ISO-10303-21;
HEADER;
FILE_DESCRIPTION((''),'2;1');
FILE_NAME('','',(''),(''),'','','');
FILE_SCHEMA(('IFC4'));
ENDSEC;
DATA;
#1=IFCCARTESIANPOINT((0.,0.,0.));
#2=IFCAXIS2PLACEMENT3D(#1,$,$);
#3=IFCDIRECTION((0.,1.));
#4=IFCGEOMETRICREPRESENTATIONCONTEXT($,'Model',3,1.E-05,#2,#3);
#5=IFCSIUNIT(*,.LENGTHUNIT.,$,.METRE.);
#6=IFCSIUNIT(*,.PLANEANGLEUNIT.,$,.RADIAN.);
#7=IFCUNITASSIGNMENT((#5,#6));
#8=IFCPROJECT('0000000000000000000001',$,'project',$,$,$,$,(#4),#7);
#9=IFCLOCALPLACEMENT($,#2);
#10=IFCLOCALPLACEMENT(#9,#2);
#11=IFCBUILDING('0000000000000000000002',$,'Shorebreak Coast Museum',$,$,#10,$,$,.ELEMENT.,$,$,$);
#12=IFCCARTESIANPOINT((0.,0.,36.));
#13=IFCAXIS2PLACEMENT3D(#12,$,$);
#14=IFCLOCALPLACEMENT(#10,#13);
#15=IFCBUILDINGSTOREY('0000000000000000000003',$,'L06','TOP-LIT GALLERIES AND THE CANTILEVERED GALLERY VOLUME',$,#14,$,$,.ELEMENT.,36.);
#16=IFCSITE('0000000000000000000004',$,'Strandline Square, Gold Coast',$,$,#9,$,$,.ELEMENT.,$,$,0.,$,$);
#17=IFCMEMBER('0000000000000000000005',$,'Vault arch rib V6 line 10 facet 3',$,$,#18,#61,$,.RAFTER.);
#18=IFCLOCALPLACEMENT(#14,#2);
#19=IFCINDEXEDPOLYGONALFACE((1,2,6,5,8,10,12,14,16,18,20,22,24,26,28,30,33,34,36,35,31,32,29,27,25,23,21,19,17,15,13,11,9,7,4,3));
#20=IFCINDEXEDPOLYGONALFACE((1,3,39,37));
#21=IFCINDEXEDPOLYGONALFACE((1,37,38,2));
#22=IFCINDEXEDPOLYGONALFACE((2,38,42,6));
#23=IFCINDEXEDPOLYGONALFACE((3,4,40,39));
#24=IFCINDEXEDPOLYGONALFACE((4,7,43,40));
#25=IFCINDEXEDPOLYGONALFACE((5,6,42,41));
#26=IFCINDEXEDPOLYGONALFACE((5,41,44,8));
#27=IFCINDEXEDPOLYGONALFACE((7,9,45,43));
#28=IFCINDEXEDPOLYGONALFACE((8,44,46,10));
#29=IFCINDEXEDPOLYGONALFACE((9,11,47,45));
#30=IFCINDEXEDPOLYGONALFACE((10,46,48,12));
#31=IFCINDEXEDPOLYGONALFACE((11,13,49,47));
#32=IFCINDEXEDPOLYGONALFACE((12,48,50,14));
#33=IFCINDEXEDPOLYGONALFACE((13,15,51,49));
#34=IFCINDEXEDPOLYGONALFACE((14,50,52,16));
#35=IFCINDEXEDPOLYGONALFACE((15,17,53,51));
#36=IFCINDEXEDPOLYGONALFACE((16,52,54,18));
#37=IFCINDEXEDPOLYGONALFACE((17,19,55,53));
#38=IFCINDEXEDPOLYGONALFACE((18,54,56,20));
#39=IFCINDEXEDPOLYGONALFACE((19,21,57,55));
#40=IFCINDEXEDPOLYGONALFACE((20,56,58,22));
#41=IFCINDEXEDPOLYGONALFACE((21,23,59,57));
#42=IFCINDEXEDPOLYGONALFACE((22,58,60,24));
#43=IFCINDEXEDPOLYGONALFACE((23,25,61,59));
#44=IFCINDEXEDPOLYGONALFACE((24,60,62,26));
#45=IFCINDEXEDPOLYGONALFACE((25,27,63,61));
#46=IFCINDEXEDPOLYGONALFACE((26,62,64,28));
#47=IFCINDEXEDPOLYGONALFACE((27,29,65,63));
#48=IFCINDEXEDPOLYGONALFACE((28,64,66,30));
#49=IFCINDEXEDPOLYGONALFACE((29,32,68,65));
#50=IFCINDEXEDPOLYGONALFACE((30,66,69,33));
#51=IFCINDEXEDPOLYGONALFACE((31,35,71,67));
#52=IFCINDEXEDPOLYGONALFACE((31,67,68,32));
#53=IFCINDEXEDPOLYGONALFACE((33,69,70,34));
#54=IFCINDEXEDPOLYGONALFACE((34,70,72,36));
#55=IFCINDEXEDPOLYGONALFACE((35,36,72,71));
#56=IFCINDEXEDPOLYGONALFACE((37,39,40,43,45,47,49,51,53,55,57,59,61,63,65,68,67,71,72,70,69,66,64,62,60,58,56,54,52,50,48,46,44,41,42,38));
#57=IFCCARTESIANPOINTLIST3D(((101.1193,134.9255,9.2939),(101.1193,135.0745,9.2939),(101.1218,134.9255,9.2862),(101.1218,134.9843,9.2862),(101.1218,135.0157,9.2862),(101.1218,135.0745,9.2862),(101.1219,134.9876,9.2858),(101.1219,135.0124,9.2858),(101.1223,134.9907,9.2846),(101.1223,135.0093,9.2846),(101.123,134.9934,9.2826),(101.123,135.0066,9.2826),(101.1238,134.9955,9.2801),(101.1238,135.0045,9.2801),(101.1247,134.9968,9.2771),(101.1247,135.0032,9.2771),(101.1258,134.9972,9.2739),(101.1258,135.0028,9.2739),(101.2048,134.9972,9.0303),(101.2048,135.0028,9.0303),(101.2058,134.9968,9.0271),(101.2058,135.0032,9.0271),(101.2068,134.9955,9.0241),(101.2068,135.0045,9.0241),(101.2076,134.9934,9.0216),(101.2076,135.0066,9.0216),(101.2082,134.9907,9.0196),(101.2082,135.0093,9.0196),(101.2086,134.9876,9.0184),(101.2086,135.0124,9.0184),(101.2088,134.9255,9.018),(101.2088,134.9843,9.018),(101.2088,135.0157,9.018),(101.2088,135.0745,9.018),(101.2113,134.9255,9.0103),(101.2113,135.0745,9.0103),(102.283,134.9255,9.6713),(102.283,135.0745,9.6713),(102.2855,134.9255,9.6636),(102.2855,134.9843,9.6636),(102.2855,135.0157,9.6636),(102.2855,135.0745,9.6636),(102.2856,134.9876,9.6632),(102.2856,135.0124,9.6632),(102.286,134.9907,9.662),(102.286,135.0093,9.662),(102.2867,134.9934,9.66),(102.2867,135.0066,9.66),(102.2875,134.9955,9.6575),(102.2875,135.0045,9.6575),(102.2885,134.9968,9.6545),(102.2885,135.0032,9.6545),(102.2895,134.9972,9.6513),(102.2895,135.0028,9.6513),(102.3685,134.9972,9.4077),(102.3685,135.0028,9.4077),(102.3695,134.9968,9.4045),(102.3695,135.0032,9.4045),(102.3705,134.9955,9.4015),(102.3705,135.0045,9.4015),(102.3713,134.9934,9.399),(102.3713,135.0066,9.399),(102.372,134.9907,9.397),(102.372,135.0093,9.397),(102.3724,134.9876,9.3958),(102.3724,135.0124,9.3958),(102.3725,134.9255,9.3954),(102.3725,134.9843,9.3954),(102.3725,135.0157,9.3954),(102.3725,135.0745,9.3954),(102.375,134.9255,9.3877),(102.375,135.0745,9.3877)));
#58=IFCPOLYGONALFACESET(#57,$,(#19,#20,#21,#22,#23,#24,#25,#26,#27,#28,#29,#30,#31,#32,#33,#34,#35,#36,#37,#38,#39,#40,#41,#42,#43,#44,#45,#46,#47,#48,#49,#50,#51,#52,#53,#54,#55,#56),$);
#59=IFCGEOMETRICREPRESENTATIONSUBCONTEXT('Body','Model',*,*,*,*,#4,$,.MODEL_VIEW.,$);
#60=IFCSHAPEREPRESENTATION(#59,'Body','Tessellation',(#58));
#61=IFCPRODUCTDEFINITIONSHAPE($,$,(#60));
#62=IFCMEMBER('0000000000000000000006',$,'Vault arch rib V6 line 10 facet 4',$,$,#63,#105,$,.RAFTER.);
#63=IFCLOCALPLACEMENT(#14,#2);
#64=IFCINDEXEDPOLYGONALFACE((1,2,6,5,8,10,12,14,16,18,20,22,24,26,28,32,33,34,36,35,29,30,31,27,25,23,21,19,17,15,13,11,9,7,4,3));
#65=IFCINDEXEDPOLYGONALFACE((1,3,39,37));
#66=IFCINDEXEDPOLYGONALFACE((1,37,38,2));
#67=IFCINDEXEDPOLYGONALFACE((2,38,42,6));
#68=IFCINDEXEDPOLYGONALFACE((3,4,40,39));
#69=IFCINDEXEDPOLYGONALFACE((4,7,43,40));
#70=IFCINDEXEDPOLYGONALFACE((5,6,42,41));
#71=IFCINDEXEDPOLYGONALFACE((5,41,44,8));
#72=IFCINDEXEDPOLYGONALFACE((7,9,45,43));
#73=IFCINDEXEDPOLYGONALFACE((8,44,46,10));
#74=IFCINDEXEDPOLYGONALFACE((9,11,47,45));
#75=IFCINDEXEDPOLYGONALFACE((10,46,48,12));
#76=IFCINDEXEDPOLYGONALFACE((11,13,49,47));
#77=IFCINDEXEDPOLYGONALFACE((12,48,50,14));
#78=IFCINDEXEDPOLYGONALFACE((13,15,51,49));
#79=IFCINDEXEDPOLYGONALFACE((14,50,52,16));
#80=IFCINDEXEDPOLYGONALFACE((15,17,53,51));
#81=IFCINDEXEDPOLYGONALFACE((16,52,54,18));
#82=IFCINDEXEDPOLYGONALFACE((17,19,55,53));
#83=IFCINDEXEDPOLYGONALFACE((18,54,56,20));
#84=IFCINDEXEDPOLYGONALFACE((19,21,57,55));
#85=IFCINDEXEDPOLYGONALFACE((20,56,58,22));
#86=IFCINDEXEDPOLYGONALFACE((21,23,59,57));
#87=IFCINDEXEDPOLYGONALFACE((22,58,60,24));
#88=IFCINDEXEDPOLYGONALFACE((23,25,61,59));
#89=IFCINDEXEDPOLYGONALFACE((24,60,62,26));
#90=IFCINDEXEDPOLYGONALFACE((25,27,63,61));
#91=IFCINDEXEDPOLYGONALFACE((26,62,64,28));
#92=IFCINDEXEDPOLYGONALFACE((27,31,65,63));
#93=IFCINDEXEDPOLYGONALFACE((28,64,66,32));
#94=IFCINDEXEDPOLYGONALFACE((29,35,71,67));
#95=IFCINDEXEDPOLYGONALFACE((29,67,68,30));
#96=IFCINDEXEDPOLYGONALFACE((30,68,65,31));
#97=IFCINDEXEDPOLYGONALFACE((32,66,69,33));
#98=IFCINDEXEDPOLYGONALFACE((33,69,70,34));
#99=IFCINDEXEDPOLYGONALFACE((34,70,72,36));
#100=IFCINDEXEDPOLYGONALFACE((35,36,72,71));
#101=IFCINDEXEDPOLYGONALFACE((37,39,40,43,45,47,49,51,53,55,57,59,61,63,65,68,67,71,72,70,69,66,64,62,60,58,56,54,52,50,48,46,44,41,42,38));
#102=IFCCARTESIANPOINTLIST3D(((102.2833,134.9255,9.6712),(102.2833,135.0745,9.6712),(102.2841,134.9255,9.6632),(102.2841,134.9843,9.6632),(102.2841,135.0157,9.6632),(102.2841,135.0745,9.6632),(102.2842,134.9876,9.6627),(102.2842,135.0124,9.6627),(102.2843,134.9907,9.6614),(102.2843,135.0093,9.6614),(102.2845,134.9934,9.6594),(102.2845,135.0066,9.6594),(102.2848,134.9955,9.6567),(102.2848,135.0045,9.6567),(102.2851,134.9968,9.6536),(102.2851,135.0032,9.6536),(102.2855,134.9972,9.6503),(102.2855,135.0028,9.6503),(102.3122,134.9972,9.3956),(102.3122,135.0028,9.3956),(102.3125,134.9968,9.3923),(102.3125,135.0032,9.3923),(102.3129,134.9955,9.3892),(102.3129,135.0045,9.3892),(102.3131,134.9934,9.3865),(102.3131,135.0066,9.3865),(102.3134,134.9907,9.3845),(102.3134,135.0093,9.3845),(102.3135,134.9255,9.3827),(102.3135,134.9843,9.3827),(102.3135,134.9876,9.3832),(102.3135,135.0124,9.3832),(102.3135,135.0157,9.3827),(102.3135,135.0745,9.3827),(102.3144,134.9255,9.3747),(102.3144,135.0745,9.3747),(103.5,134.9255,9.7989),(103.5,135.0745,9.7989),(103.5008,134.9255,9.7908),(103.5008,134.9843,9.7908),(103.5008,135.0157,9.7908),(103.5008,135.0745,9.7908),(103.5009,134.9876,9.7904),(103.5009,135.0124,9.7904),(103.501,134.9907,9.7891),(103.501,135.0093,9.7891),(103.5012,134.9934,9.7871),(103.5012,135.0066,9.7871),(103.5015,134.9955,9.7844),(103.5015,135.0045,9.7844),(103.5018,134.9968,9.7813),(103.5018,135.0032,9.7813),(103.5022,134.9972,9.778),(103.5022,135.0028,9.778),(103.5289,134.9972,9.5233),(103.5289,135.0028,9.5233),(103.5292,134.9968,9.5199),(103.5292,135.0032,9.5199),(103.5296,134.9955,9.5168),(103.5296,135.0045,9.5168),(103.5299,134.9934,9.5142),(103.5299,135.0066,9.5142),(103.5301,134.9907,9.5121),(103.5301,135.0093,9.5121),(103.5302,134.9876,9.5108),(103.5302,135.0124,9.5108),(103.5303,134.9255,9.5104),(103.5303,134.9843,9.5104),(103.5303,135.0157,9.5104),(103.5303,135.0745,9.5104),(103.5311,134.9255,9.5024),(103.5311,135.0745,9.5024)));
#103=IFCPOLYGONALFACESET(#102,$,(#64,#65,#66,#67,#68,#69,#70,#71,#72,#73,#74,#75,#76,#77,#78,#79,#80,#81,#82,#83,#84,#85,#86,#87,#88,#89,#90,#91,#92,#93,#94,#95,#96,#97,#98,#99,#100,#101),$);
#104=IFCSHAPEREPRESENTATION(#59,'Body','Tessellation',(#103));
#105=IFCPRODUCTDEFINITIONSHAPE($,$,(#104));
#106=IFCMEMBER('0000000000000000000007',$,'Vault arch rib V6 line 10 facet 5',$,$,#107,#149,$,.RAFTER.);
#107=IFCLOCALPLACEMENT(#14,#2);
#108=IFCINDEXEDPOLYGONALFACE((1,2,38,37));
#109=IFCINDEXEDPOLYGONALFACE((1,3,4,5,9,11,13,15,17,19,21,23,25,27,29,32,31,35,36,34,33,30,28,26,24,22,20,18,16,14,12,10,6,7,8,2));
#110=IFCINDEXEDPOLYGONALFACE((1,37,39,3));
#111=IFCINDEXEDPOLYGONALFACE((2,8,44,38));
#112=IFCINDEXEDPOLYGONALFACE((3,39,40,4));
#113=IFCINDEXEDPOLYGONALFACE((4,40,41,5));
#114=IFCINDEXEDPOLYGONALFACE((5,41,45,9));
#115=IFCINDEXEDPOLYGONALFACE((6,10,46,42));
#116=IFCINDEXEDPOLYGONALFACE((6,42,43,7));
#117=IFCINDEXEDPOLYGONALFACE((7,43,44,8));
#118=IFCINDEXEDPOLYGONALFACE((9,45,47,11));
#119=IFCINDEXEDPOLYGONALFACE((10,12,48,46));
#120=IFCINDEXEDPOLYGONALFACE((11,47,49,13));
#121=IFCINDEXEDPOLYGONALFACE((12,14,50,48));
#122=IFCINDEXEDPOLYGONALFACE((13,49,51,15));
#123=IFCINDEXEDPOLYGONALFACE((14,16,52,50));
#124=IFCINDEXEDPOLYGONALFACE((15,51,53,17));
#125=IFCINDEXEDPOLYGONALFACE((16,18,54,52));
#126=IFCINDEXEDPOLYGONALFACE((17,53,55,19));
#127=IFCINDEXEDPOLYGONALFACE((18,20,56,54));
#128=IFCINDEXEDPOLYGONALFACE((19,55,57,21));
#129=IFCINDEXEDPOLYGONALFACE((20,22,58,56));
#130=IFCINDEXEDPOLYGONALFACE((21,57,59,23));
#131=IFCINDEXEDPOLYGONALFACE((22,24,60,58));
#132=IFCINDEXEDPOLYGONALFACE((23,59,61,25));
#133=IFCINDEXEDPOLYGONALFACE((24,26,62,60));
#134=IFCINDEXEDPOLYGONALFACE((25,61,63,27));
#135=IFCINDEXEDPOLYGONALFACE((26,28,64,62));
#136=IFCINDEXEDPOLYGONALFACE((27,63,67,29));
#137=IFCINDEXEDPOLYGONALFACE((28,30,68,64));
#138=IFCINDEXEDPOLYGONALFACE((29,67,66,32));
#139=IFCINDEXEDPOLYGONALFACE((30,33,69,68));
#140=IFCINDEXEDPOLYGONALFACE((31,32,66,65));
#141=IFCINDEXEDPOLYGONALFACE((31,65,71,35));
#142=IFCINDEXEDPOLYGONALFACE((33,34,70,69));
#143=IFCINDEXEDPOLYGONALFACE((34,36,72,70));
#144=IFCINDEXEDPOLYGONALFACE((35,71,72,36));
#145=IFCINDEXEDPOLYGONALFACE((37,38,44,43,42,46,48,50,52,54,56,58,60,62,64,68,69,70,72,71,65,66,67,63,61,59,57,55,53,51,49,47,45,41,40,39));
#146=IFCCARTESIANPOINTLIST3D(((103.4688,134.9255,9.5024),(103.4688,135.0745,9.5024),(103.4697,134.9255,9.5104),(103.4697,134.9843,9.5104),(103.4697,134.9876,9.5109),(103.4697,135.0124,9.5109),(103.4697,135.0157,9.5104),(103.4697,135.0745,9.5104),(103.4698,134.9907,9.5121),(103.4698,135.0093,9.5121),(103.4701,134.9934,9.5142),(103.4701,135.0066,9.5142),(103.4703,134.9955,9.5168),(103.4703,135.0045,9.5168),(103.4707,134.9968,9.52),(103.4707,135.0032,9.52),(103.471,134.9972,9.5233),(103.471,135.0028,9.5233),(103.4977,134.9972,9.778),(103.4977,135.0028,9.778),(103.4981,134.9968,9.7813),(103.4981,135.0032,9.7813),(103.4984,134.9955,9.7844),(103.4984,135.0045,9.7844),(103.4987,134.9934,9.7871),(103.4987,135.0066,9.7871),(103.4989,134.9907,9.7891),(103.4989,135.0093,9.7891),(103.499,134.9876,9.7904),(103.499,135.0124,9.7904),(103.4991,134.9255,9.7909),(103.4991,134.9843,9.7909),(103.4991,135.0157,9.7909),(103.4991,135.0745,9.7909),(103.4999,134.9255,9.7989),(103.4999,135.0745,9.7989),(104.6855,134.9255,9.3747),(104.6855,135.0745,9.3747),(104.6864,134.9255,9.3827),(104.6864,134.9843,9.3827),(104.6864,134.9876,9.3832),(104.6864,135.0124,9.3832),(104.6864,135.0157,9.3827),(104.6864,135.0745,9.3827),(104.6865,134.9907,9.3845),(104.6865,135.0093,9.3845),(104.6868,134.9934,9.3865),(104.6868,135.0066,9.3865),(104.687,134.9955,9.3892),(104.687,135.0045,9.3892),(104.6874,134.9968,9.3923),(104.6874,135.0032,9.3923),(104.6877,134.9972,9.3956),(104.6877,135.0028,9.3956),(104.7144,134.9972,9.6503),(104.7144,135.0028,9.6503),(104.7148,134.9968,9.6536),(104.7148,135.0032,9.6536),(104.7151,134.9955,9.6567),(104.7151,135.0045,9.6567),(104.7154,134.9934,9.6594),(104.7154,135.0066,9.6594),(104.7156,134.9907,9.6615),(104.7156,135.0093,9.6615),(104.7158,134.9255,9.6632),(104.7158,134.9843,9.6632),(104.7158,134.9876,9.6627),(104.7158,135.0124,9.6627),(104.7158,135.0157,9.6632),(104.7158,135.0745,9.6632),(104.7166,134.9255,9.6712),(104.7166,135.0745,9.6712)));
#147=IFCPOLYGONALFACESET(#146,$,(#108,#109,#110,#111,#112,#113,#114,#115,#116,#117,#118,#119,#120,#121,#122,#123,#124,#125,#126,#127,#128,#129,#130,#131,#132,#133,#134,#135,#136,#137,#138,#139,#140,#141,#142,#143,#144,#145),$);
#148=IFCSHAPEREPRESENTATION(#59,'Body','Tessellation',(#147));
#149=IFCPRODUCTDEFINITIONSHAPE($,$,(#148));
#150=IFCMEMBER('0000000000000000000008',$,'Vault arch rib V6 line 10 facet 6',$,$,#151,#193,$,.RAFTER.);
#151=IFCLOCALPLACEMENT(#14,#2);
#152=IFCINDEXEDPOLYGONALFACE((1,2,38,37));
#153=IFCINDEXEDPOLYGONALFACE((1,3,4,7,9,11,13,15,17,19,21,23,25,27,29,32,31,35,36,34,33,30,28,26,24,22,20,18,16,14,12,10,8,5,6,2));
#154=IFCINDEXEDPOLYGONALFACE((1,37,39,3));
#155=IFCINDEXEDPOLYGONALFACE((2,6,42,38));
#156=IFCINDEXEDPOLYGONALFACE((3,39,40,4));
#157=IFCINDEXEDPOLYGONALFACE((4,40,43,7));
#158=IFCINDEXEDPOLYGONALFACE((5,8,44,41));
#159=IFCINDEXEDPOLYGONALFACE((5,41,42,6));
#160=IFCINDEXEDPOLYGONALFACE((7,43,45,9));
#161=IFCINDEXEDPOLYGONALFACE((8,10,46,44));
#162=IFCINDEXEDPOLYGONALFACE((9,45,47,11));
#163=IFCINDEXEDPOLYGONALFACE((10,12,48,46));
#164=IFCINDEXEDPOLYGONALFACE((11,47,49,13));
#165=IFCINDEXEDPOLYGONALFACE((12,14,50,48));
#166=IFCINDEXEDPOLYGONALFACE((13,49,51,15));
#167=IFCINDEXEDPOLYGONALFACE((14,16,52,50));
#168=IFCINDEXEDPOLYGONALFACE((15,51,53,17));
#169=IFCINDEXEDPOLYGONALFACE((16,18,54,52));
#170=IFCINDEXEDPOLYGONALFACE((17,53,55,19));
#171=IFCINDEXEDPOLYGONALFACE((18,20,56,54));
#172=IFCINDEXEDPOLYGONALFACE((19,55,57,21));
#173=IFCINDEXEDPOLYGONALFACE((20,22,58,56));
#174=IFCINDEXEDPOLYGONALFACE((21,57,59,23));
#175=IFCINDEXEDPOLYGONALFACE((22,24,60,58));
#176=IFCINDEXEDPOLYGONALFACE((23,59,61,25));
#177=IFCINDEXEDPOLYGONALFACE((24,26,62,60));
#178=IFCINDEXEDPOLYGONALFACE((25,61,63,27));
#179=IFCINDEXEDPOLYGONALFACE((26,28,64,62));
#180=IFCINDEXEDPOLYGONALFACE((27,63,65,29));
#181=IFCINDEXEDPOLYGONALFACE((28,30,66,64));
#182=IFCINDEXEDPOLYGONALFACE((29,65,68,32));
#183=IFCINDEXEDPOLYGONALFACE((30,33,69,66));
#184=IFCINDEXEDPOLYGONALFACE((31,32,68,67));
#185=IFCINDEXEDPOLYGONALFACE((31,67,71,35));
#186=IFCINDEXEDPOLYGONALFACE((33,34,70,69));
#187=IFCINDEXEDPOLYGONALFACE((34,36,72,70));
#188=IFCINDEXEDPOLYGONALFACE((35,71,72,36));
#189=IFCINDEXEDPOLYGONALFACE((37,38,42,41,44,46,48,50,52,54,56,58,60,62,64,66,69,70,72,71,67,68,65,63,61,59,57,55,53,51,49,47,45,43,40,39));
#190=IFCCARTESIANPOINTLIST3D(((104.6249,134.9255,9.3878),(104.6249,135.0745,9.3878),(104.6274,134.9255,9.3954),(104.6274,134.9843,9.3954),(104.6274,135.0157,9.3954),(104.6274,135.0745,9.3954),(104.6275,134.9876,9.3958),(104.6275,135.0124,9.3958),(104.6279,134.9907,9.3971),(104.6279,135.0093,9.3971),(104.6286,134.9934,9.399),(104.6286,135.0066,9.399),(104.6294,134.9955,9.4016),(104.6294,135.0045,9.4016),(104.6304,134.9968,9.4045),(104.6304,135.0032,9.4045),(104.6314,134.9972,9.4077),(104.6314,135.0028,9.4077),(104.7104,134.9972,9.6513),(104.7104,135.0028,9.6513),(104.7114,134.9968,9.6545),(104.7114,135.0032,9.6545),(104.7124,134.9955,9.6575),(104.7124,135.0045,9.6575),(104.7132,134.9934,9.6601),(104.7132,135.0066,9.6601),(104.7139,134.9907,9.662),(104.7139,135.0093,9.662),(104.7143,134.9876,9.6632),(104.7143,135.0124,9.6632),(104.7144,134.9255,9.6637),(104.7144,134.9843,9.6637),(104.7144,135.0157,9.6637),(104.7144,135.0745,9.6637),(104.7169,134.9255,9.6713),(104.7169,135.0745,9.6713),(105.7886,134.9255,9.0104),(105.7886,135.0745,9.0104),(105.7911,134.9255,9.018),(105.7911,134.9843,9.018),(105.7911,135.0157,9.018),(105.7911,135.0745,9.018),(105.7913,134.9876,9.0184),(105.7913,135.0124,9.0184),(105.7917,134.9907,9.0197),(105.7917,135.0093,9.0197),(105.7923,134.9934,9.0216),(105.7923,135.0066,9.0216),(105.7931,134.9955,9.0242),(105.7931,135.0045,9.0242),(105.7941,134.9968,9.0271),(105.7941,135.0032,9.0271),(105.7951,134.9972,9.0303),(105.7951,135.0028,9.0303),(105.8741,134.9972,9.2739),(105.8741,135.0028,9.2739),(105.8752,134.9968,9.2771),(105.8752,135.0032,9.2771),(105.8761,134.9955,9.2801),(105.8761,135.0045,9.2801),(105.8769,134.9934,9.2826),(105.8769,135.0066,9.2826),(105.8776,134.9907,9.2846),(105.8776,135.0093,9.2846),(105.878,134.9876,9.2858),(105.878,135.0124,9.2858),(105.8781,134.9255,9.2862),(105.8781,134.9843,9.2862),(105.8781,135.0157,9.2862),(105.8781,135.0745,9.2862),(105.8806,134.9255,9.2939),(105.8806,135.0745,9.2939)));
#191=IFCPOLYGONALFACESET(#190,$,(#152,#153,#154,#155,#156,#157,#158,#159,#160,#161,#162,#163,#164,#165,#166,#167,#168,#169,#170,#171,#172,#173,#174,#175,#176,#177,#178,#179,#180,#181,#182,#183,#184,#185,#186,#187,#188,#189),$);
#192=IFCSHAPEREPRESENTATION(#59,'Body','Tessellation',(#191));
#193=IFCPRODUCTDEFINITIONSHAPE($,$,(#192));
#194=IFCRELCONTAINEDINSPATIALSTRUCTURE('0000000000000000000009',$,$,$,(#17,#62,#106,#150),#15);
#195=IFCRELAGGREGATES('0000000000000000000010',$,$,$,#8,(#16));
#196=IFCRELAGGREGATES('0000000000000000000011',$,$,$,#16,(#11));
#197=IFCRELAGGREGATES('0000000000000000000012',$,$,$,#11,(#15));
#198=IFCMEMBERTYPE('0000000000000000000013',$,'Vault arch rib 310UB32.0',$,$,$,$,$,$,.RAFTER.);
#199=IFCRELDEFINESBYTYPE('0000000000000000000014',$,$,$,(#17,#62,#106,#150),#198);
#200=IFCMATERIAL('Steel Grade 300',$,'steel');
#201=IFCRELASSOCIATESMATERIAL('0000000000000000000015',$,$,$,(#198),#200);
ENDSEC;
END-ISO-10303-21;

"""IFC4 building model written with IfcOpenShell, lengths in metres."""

from ifc_helpers import new_model, si_unit, direction, frame, origin, origin_2d, place, context, subcontext, project, spatial, i_section, extrude, material, material_profile, profile_set, type_object, element, save


model = new_model("IFC4")

# Units and contexts
model_context = context("Model", 3, precision=1e-05, world=origin(), true_north=direction((0.0, 1.0)))
body_context = subcontext(model_context, "Body", "Model", "MODEL_VIEW")
ifc_project = project(units=[si_unit("LENGTHUNIT", "METRE"), si_unit("PLANEANGLEUNIT", "RADIAN")], contexts=[model_context])

# Site, building, storey
site_placement = place(None, origin())
site = spatial("IfcSite", under=ifc_project, at=site_placement, Name="Strandline Square, Gold Coast", CompositionType="ELEMENT", RefElevation=0.0)
building_placement = place(site_placement, origin())
building = spatial("IfcBuilding", under=site, at=building_placement, Name="Shorebreak Coast Museum", CompositionType="ELEMENT")
storey_placement = place(building_placement, frame((0.0, 0.0, 36.0)))
storey = spatial("IfcBuildingStorey", under=building, at=storey_placement, Name="L06", Description="TOP-LIT GALLERIES AND THE CANTILEVERED GALLERY VOLUME", CompositionType="ELEMENT", Elevation=36.0)

# Members
ifc_material_1 = material(Name="Steel Grade 300", Category="steel")
ifc_material_profile_1 = material_profile(ifc_material_1, i_section(OverallWidth=0.1489, OverallDepth=0.2981, WebThickness=0.0056, FlangeThickness=0.0081, FilletRadius=0.0129, at=origin_2d()), Name="310UB32.0")
ifc_profile_set_1 = profile_set([ifc_material_profile_1], Name="Steel Grade 300")
member_type_1 = type_object("IfcMemberType", Name="Vault arch rib 310UB32.0", PredefinedType="RAFTER", material=ifc_profile_set_1)
for number, where, z_axis, x_axis, name in (
    (1, (101.1653, 135.0, 9.1521), (0.951226, 0.0, 0.308495), (0.0, 1.0, 0.0), "Vault arch rib V6 line 10 facet 3"),
    (2, (102.2988, 135.0, 9.5229), (0.994539, 0.0, 0.104363), (0.0, 1.0, 0.0), "Vault arch rib V6 line 10 facet 4"),
    (3, (103.4844, 135.0, 9.6506), (0.994539, 0.0, -0.104363), (0.0, 1.0, 0.0), "Vault arch rib V6 line 10 facet 5"),
    (4, (104.6709, 135.0, 9.5295), (0.951226, 0.0, -0.308495), (0.0, 1.0, 0.0), "Vault arch rib V6 line 10 facet 6"),
):
    element("IfcMember", number, at=place(storey_placement, frame(where, z_axis=z_axis, x_axis=x_axis)), inside=storey, type_object=member_type_1, Name=name, PredefinedType="RAFTER", context=body_context, shape_type="SweptSolid", body=[
        extrude(i_section(OverallWidth=0.1489, OverallDepth=0.2981, WebThickness=0.0056, FlangeThickness=0.0081, FilletRadius=0.0129, at=origin_2d()), origin(), (0.0, 0.0, 1.0), 1.2234),
    ])

save(model, "model.ifc")
